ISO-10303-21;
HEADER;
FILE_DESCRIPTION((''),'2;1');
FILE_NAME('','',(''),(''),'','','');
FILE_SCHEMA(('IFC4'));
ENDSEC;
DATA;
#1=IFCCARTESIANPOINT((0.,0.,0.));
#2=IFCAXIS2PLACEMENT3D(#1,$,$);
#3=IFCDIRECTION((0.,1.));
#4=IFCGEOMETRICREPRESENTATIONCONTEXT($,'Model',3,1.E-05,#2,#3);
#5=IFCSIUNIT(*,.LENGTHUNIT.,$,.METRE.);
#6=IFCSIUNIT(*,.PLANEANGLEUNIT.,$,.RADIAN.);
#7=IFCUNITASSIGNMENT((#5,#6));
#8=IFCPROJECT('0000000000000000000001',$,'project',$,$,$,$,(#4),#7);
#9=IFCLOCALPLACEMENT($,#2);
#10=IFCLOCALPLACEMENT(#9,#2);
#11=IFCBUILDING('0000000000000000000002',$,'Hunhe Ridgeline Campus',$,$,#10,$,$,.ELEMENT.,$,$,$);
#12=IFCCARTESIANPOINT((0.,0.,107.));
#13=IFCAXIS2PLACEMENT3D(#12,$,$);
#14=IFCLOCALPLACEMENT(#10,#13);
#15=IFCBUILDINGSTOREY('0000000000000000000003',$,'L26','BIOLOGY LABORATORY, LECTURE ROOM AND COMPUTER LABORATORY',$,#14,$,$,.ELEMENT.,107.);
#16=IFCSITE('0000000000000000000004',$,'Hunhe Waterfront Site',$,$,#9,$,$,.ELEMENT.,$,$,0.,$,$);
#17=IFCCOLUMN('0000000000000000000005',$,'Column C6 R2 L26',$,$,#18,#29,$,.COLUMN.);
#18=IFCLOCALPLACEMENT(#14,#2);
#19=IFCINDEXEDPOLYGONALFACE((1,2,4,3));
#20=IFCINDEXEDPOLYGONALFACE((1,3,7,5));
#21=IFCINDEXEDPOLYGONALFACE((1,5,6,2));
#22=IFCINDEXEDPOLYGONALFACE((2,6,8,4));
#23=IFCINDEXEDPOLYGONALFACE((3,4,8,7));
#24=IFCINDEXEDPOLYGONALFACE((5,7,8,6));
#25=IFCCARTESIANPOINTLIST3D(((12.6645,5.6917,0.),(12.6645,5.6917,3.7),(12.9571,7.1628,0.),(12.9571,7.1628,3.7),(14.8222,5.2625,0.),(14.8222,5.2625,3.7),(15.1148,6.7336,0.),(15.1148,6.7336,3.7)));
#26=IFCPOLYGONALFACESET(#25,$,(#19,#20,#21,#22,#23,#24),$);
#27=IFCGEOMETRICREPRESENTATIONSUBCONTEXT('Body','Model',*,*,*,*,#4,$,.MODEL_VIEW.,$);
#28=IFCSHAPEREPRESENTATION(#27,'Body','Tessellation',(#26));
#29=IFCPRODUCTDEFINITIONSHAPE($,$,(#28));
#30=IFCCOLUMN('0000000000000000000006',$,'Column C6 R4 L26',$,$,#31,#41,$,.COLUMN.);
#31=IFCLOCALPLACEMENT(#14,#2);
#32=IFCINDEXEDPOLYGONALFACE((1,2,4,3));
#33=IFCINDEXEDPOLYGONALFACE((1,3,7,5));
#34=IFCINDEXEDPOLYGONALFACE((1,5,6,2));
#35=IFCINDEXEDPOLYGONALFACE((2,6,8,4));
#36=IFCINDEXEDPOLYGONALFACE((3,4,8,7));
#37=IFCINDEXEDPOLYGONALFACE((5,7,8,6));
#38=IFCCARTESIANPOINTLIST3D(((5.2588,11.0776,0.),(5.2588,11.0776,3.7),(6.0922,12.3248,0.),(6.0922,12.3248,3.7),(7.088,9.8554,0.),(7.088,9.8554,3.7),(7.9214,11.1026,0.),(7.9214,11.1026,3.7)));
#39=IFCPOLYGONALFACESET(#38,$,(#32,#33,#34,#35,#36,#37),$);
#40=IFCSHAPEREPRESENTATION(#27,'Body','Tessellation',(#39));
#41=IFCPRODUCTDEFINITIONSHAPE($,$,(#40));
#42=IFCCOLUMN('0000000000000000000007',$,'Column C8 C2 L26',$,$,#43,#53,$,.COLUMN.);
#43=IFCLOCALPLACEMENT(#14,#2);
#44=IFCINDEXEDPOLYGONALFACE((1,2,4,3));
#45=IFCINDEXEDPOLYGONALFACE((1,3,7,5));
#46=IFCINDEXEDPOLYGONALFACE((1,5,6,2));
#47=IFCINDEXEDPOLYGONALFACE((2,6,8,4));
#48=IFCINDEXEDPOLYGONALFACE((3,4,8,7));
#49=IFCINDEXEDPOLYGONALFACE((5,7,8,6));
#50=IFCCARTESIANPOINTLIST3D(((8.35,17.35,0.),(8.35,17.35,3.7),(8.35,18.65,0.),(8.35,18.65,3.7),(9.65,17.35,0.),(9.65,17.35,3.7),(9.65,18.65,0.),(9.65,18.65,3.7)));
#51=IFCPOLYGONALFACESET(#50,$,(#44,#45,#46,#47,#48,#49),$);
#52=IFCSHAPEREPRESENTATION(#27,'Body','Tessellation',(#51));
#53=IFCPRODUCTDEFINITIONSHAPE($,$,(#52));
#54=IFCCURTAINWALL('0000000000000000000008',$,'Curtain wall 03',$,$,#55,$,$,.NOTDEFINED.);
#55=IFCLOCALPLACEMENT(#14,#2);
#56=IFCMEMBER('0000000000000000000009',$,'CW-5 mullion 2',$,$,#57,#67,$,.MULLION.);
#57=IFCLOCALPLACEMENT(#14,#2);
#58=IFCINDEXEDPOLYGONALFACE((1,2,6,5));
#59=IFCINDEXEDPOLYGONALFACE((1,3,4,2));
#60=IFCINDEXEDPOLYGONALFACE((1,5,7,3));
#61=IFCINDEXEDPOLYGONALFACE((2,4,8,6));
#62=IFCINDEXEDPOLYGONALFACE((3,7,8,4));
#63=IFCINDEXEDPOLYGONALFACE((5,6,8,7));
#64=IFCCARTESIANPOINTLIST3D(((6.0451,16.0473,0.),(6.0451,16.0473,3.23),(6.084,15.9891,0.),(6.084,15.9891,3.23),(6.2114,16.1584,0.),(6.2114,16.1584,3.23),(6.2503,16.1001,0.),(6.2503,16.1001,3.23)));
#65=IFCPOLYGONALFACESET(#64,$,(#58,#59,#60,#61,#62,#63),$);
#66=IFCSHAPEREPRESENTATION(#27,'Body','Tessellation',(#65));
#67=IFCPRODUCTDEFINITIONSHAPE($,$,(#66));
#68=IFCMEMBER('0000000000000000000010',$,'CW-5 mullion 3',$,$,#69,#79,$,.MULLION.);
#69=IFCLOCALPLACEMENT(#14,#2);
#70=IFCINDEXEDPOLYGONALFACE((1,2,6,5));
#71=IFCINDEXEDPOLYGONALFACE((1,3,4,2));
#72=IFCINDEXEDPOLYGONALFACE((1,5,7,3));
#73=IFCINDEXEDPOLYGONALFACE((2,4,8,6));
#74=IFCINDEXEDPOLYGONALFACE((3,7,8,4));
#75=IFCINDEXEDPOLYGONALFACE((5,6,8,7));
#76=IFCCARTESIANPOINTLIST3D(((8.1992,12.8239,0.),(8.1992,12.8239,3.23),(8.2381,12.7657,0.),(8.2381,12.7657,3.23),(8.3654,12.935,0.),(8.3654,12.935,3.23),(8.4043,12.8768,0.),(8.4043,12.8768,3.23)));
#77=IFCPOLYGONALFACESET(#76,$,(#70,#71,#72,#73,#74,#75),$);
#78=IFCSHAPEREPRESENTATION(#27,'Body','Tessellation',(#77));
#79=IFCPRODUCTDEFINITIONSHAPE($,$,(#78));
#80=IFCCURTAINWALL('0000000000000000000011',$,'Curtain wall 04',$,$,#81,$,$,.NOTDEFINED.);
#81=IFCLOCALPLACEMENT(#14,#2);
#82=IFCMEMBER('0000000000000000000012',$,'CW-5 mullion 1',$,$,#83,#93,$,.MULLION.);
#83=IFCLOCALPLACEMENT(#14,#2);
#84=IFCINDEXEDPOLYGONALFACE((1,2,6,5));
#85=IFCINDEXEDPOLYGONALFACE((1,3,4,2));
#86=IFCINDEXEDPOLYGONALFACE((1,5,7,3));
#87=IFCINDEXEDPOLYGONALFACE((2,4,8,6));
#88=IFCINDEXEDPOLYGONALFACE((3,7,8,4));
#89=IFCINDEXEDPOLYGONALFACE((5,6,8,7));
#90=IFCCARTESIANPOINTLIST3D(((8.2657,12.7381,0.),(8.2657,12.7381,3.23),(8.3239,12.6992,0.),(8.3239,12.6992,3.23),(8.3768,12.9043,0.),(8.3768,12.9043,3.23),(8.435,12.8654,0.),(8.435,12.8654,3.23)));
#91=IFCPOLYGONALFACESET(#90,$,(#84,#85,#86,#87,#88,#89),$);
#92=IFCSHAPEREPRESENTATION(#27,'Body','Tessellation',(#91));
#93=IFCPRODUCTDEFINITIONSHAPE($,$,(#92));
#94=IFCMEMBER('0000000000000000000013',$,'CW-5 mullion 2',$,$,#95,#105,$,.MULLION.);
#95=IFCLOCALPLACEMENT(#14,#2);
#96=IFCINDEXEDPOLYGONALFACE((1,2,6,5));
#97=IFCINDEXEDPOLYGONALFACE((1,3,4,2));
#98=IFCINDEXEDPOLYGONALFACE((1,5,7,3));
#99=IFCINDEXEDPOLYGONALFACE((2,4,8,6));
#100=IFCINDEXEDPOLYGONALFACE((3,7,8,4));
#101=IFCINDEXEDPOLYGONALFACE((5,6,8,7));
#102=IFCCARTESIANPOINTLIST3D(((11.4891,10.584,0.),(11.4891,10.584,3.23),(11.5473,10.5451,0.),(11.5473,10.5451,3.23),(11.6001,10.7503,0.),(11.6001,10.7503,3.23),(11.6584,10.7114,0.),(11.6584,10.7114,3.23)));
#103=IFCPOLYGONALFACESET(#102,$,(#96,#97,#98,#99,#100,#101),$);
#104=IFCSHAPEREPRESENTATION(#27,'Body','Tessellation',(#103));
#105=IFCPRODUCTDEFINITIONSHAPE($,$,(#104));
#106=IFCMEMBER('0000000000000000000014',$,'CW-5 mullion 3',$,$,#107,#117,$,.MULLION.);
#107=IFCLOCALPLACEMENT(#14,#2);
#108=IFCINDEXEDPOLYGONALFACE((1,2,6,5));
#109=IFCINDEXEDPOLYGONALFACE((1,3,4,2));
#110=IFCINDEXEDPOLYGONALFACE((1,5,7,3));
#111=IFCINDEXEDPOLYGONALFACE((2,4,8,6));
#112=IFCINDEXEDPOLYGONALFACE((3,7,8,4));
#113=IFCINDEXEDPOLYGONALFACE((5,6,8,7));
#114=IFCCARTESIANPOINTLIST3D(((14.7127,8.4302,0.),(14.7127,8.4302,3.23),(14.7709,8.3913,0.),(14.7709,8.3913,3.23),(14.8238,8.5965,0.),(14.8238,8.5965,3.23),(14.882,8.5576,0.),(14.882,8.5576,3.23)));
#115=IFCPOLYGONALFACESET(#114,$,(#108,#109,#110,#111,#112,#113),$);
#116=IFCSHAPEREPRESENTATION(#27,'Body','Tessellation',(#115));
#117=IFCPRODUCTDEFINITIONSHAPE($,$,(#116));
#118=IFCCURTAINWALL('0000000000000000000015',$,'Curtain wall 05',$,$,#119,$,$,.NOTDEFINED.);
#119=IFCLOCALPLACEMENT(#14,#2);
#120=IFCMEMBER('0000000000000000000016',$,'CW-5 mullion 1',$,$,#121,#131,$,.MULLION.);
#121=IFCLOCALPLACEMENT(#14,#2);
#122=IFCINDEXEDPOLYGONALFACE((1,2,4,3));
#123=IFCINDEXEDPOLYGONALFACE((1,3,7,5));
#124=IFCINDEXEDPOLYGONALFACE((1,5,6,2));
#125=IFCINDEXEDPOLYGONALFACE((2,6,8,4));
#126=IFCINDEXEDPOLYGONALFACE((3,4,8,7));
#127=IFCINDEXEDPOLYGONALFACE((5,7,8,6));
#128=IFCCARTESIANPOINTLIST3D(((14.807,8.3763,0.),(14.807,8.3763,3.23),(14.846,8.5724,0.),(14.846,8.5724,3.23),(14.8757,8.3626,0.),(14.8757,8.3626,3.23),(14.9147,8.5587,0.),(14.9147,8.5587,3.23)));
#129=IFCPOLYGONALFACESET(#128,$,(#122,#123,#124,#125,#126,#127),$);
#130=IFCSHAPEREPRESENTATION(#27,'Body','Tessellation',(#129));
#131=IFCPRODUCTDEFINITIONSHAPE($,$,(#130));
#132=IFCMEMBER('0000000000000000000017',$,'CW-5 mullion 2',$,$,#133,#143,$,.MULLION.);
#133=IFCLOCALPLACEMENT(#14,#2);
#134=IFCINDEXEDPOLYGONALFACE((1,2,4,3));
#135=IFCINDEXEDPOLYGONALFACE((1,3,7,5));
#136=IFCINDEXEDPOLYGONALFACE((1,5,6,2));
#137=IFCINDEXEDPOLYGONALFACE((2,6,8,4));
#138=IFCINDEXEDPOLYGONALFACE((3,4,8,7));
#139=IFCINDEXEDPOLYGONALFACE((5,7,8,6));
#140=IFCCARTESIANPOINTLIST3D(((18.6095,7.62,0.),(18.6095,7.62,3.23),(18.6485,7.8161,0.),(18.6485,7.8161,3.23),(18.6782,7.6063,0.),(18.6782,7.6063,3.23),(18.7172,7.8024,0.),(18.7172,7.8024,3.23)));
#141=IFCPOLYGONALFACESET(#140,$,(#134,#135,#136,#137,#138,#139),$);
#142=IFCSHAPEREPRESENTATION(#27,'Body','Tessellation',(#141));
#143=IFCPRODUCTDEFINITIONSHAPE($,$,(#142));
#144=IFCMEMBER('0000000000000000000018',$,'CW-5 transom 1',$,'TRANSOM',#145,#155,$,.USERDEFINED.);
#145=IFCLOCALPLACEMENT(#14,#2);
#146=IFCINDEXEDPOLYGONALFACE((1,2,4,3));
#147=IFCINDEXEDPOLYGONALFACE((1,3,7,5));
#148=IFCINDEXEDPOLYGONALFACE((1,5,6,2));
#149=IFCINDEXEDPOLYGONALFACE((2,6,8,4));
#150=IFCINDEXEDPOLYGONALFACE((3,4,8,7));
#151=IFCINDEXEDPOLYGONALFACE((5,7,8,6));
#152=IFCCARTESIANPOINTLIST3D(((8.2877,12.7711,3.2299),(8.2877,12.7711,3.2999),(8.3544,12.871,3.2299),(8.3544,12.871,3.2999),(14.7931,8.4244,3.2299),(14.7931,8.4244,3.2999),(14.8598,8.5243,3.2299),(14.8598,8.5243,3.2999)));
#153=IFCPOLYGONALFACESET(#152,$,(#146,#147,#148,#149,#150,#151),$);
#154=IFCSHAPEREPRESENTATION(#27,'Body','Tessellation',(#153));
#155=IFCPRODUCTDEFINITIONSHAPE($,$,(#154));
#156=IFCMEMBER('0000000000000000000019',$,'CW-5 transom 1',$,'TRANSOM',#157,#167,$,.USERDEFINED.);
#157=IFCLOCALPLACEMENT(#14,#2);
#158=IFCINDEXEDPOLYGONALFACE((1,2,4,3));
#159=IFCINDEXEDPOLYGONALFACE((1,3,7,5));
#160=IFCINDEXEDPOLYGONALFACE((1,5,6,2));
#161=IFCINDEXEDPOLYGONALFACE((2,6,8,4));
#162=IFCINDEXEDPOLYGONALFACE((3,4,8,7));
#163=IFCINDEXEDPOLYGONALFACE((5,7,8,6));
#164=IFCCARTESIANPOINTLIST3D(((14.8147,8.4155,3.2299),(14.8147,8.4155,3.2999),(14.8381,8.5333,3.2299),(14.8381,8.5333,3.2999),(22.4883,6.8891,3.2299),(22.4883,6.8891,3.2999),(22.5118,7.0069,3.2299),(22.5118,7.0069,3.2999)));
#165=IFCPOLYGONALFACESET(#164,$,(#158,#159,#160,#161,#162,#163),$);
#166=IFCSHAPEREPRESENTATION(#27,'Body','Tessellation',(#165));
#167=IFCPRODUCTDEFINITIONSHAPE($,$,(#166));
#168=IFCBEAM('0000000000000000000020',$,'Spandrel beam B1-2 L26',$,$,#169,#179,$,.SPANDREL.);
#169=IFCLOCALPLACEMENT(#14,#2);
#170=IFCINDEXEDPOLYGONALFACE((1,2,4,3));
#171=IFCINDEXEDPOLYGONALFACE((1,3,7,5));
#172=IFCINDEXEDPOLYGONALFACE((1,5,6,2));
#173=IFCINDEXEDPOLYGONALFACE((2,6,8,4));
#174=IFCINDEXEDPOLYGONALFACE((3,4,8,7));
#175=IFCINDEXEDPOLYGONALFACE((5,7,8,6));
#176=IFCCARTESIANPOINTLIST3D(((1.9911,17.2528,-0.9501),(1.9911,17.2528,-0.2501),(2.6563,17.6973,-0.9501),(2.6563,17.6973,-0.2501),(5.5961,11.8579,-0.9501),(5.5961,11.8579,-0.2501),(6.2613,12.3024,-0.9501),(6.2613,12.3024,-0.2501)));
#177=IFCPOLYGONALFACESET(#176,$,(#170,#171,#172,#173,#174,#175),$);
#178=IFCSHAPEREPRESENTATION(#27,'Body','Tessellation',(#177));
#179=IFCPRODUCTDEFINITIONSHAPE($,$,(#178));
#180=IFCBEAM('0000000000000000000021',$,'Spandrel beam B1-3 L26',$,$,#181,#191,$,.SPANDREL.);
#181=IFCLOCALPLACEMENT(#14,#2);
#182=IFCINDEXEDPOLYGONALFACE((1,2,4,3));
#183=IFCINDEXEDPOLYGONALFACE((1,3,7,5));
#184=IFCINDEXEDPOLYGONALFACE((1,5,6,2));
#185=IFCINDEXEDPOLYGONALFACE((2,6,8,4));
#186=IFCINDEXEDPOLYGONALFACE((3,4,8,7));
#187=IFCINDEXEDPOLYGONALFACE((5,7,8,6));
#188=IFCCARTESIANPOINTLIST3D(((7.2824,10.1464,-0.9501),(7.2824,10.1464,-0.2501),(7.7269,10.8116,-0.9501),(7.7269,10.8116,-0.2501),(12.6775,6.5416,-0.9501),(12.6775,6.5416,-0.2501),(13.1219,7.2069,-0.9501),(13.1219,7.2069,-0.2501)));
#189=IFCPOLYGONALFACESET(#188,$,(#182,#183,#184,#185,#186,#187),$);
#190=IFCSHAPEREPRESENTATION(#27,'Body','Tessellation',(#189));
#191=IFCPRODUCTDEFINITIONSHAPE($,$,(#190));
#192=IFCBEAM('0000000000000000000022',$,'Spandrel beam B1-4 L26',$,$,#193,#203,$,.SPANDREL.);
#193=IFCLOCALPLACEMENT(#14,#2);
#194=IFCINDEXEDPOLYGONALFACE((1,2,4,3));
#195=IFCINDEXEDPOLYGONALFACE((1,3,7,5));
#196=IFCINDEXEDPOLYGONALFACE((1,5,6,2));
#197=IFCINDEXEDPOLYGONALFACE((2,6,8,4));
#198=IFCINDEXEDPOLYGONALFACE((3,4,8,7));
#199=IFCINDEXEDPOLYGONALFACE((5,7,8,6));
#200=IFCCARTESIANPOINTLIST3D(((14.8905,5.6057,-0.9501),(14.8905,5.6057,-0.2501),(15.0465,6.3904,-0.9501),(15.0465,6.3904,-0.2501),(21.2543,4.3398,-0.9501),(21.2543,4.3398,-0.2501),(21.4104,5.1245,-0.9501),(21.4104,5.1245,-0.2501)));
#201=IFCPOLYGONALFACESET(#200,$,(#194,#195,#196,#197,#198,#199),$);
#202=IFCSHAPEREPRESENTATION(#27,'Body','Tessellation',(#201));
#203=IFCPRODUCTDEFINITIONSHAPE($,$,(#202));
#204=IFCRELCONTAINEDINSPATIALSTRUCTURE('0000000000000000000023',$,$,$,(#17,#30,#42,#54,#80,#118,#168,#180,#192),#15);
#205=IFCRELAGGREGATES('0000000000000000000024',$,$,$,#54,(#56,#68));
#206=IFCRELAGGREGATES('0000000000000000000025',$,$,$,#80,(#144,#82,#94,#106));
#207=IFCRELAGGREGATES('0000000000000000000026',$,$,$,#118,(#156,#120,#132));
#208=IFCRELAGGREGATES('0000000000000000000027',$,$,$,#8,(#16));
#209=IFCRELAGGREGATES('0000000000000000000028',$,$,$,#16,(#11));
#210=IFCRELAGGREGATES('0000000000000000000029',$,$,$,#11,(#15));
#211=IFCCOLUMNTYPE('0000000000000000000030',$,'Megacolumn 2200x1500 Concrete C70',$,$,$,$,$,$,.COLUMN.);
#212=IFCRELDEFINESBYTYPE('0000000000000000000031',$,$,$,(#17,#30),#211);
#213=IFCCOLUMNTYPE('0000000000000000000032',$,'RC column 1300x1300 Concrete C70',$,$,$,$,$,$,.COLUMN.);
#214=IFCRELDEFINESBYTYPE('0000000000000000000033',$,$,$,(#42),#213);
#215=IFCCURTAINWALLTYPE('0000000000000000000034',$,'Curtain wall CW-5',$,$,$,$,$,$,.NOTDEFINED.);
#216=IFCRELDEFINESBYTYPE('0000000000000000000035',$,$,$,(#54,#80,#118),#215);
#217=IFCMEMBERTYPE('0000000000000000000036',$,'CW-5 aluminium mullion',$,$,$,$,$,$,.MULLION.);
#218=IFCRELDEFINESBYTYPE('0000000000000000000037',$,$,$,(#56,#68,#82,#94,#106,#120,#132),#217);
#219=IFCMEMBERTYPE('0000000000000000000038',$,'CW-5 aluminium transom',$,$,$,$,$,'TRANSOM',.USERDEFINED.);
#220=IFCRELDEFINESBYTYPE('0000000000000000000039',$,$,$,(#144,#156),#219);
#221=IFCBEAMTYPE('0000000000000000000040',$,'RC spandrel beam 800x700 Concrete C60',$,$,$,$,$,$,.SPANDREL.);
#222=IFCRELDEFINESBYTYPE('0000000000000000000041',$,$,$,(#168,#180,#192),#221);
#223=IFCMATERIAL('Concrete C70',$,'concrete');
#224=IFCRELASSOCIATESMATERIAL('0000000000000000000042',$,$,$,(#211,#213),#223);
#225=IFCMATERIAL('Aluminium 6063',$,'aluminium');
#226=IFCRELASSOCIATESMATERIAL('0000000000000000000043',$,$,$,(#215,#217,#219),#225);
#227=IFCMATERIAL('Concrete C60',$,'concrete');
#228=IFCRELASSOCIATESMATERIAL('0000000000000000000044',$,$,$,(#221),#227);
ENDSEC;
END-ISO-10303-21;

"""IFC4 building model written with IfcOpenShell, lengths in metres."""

from ifc_helpers import new_model, si_unit, direction, frame, origin, origin_2d, place, context, subcontext, project, spatial, rectangle, extrude, material, material_profile, profile_set, type_object, element, aggregate, save


model = new_model("IFC4")

# Units and contexts
model_context = context("Model", 3, precision=1e-05, world=origin(), true_north=direction((0.0, 1.0)))
body_context = subcontext(model_context, "Body", "Model", "MODEL_VIEW")
ifc_project = project(units=[si_unit("LENGTHUNIT", "METRE"), si_unit("PLANEANGLEUNIT", "RADIAN")], contexts=[model_context])

# Site, building, storey
site_placement = place(None, origin())
site = spatial("IfcSite", under=ifc_project, at=site_placement, Name="Hunhe Waterfront Site", CompositionType="ELEMENT", RefElevation=0.0)
building_placement = place(site_placement, origin())
building = spatial("IfcBuilding", under=site, at=building_placement, Name="Hunhe Ridgeline Campus", CompositionType="ELEMENT")
storey_placement = place(building_placement, frame((0.0, 0.0, 107.0)))
storey = spatial("IfcBuildingStorey", under=building, at=storey_placement, Name="L26", Description="BIOLOGY LABORATORY, LECTURE ROOM AND COMPUTER LABORATORY", CompositionType="ELEMENT", Elevation=107.0)

# Columns
ifc_material_1 = material(Name="Concrete C70", Category="concrete")
ifc_material_profile_1 = material_profile(ifc_material_1, rectangle(XDim=2.2, YDim=1.5, at=origin_2d()))
ifc_profile_set_1 = profile_set([ifc_material_profile_1], Name="Concrete C70")
column_type_1 = type_object("IfcColumnType", Name="Megacolumn 2200x1500 Concrete C70", PredefinedType="COLUMN", material=ifc_profile_set_1)
for number, where, z_axis, x_axis, name in (
    (1, (13.8896, 6.2126, 0.0), (0.0, 0.0, 1.0), (-0.980785, 0.19509, 0.0), "Column C6 R2 L26"),
    (2, (6.5901, 11.0901, 0.0), (0.0, 0.0, 1.0), (-0.83147, 0.55557, 0.0), "Column C6 R4 L26"),
):
    element("IfcColumn", number, at=place(storey_placement, frame(where, z_axis=z_axis, x_axis=x_axis)), inside=storey, type_object=column_type_1, Name=name, PredefinedType="COLUMN", context=body_context, shape_type="SweptSolid", body=[
        extrude(rectangle(XDim=2.2, YDim=1.5, at=origin_2d()), origin(), (0.0, 0.0, 1.0), 3.7),
    ])
ifc_material_profile_2 = material_profile(ifc_material_1, rectangle(XDim=1.3, YDim=1.3, at=origin_2d()))
ifc_profile_set_2 = profile_set([ifc_material_profile_2], Name="Concrete C70")
column_type_2 = type_object("IfcColumnType", Name="RC column 1300x1300 Concrete C70", PredefinedType="COLUMN", material=ifc_profile_set_2)
column_placement = place(storey_placement, frame((9.0, 18.0, 0.0), z_axis=(0.0, 0.0, 1.0), x_axis=(1.0, 0.0, 0.0)))
element("IfcColumn", 3, at=column_placement, inside=storey, type_object=column_type_2, Name="Column C8 C2 L26", PredefinedType="COLUMN", context=body_context, shape_type="SweptSolid", body=[
    extrude(rectangle(XDim=1.3, YDim=1.3, at=origin_2d()), origin(), (0.0, 0.0, 1.0), 3.7),
])

# Curtain walls, members
ifc_material_2 = material(Name="Aluminium 6063", Category="aluminium")
curtain_wall_type = type_object("IfcCurtainWallType", Name="Curtain wall CW-5", PredefinedType="NOTDEFINED", material=ifc_material_2)
curtain_wall_1_placement = place(storey_placement, origin())
curtain_wall_1 = element("IfcCurtainWall", 4, at=curtain_wall_1_placement, inside=storey, type_object=curtain_wall_type, Name="Curtain wall 03", PredefinedType="NOTDEFINED")
ifc_material_profile_3 = material_profile(ifc_material_2, rectangle(XDim=0.2, YDim=0.0701, at=origin_2d()))
ifc_profile_set_3 = profile_set([ifc_material_profile_3], Name="Aluminium 6063")
member_type_1 = type_object("IfcMemberType", Name="CW-5 aluminium mullion", PredefinedType="MULLION", material=ifc_profile_set_3)
member_1_placement = place(storey_placement, frame((6.1477, 16.0737, 0.0), z_axis=(0.0, 0.0, 1.0), x_axis=(0.83147, 0.55557, 0.0)))
member_1 = element("IfcMember", 5, at=member_1_placement, type_object=member_type_1, Name="CW-5 mullion 2", PredefinedType="MULLION", context=body_context, shape_type="SweptSolid", body=[
    extrude(rectangle(XDim=0.2, YDim=0.0701, at=origin_2d()), origin(), (0.0, 0.0, 1.0), 3.23),
])
member_2_placement = place(storey_placement, frame((8.3018, 12.8503, 0.0), z_axis=(0.0, 0.0, 1.0), x_axis=(0.83147, 0.55557, 0.0)))
member_2 = element("IfcMember", 6, at=member_2_placement, type_object=member_type_1, Name="CW-5 mullion 3", PredefinedType="MULLION", context=body_context, shape_type="SweptSolid", body=[
    extrude(rectangle(XDim=0.2, YDim=0.0701, at=origin_2d()), origin(), (0.0, 0.0, 1.0), 3.23),
])
curtain_wall_2_placement = place(storey_placement, origin())
curtain_wall_2 = element("IfcCurtainWall", 7, at=curtain_wall_2_placement, inside=storey, type_object=curtain_wall_type, Name="Curtain wall 04", PredefinedType="NOTDEFINED")
member_3_placement = place(storey_placement, frame((8.3503, 12.8018, 0.0), z_axis=(0.0, 0.0, 1.0), x_axis=(0.55557, 0.83147, 0.0)))
member_3 = element("IfcMember", 8, at=member_3_placement, type_object=member_type_1, Name="CW-5 mullion 1", PredefinedType="MULLION", context=body_context, shape_type="SweptSolid", body=[
    extrude(rectangle(XDim=0.2, YDim=0.0701, at=origin_2d()), origin(), (0.0, 0.0, 1.0), 3.23),
])
member_4_placement = place(storey_placement, frame((11.5737, 10.6477, 0.0), z_axis=(0.0, 0.0, 1.0), x_axis=(0.55557, 0.83147, 0.0)))
member_4 = element("IfcMember", 9, at=member_4_placement, type_object=member_type_1, Name="CW-5 mullion 2", PredefinedType="MULLION", context=body_context, shape_type="SweptSolid", body=[
    extrude(rectangle(XDim=0.2, YDim=0.0701, at=origin_2d()), origin(), (0.0, 0.0, 1.0), 3.23),
])
member_5_placement = place(storey_placement, frame((14.7974, 8.4939, 0.0), z_axis=(0.0, 0.0, 1.0), x_axis=(0.55557, 0.83147, 0.0)))
member_5 = element("IfcMember", 10, at=member_5_placement, type_object=member_type_1, Name="CW-5 mullion 3", PredefinedType="MULLION", context=body_context, shape_type="SweptSolid", body=[
    extrude(rectangle(XDim=0.2, YDim=0.0701, at=origin_2d()), origin(), (0.0, 0.0, 1.0), 3.23),
])
curtain_wall_3_placement = place(storey_placement, origin())
curtain_wall_3 = element("IfcCurtainWall", 11, at=curtain_wall_3_placement, inside=storey, type_object=curtain_wall_type, Name="Curtain wall 05", PredefinedType="NOTDEFINED")
member_6_placement = place(storey_placement, frame((14.8608, 8.4675, 0.0), z_axis=(0.0, 0.0, 1.0), x_axis=(0.19509, 0.980785, 0.0)))
member_6 = element("IfcMember", 12, at=member_6_placement, type_object=member_type_1, Name="CW-5 mullion 1", PredefinedType="MULLION", context=body_context, shape_type="SweptSolid", body=[
    extrude(rectangle(XDim=0.2, YDim=0.0701, at=origin_2d()), origin(), (0.0, 0.0, 1.0), 3.23),
])
member_7_placement = place(storey_placement, frame((18.6633, 7.7112, 0.0), z_axis=(0.0, 0.0, 1.0), x_axis=(0.19509, 0.980785, 0.0)))
member_7 = element("IfcMember", 13, at=member_7_placement, type_object=member_type_1, Name="CW-5 mullion 2", PredefinedType="MULLION", context=body_context, shape_type="SweptSolid", body=[
    extrude(rectangle(XDim=0.2, YDim=0.0701, at=origin_2d()), origin(), (0.0, 0.0, 1.0), 3.23),
])

# Members
ifc_material_profile_4 = material_profile(ifc_material_2, rectangle(XDim=0.1201, YDim=0.0701, at=origin_2d()))
ifc_profile_set_4 = profile_set([ifc_material_profile_4], Name="Aluminium 6063")
member_type_2 = type_object("IfcMemberType", Name="CW-5 aluminium transom", ElementType="TRANSOM", PredefinedType="USERDEFINED", material=ifc_profile_set_4)
member_8_placement = place(storey_placement, frame((8.321, 12.821, 3.2649), z_axis=(0.831474, -0.555564, 0.0), x_axis=(0.555564, 0.831474, 0.0)))
member_8 = element("IfcMember", 14, at=member_8_placement, type_object=member_type_2, Name="CW-5 transom 1", ObjectType="TRANSOM", PredefinedType="USERDEFINED", context=body_context, shape_type="SweptSolid", body=[
    extrude(rectangle(XDim=0.1201, YDim=0.0701, at=origin_2d()), origin(), (0.0, 0.0, 1.0), 7.824),
])
member_9_placement = place(storey_placement, frame((14.8264, 8.4744, 3.2649), z_axis=(0.980785, -0.19509, 0.0), x_axis=(0.19509, 0.980785, 0.0)))
member_9 = element("IfcMember", 15, at=member_9_placement, type_object=member_type_2, Name="CW-5 transom 1", ObjectType="TRANSOM", PredefinedType="USERDEFINED", context=body_context, shape_type="SweptSolid", body=[
    extrude(rectangle(XDim=0.1201, YDim=0.0701, at=origin_2d()), origin(), (0.0, 0.0, 1.0), 7.824),
])

# Beams
ifc_material_3 = material(Name="Concrete C60", Category="concrete")
ifc_material_profile_5 = material_profile(ifc_material_3, rectangle(XDim=0.8, YDim=0.7, at=origin_2d()))
ifc_profile_set_5 = profile_set([ifc_material_profile_5], Name="Concrete C60")
beam_type = type_object("IfcBeamType", Name="RC spandrel beam 800x700 Concrete C60", PredefinedType="SPANDREL", material=ifc_profile_set_5)
for number, where, z_axis, x_axis, name in (
    (16, (2.3237, 17.4751, -0.6001), (0.555586, -0.831459, 0.0), (0.831459, 0.555586, 0.0), "Spandrel beam B1-2 L26"),
    (17, (7.5046, 10.479, -0.6001), (0.831477, -0.55556, 0.0), (0.55556, 0.831477, 0.0), "Spandrel beam B1-3 L26"),
    (18, (14.9685, 5.998, -0.6001), (0.980784, -0.195096, 0.0), (0.195096, 0.980784, 0.0), "Spandrel beam B1-4 L26"),
):
    element("IfcBeam", number, at=place(storey_placement, frame(where, z_axis=z_axis, x_axis=x_axis)), inside=storey, type_object=beam_type, Name=name, PredefinedType="SPANDREL", context=body_context, shape_type="SweptSolid", body=[
        extrude(rectangle(XDim=0.8, YDim=0.7, at=origin_2d()), origin(), (0.0, 0.0, 1.0), 6.4885),
    ])

aggregate(curtain_wall_1, [member_1, member_2])
aggregate(curtain_wall_2, [member_8, member_3, member_4, member_5])
aggregate(curtain_wall_3, [member_9, member_6, member_7])

save(model, "model.ifc")
